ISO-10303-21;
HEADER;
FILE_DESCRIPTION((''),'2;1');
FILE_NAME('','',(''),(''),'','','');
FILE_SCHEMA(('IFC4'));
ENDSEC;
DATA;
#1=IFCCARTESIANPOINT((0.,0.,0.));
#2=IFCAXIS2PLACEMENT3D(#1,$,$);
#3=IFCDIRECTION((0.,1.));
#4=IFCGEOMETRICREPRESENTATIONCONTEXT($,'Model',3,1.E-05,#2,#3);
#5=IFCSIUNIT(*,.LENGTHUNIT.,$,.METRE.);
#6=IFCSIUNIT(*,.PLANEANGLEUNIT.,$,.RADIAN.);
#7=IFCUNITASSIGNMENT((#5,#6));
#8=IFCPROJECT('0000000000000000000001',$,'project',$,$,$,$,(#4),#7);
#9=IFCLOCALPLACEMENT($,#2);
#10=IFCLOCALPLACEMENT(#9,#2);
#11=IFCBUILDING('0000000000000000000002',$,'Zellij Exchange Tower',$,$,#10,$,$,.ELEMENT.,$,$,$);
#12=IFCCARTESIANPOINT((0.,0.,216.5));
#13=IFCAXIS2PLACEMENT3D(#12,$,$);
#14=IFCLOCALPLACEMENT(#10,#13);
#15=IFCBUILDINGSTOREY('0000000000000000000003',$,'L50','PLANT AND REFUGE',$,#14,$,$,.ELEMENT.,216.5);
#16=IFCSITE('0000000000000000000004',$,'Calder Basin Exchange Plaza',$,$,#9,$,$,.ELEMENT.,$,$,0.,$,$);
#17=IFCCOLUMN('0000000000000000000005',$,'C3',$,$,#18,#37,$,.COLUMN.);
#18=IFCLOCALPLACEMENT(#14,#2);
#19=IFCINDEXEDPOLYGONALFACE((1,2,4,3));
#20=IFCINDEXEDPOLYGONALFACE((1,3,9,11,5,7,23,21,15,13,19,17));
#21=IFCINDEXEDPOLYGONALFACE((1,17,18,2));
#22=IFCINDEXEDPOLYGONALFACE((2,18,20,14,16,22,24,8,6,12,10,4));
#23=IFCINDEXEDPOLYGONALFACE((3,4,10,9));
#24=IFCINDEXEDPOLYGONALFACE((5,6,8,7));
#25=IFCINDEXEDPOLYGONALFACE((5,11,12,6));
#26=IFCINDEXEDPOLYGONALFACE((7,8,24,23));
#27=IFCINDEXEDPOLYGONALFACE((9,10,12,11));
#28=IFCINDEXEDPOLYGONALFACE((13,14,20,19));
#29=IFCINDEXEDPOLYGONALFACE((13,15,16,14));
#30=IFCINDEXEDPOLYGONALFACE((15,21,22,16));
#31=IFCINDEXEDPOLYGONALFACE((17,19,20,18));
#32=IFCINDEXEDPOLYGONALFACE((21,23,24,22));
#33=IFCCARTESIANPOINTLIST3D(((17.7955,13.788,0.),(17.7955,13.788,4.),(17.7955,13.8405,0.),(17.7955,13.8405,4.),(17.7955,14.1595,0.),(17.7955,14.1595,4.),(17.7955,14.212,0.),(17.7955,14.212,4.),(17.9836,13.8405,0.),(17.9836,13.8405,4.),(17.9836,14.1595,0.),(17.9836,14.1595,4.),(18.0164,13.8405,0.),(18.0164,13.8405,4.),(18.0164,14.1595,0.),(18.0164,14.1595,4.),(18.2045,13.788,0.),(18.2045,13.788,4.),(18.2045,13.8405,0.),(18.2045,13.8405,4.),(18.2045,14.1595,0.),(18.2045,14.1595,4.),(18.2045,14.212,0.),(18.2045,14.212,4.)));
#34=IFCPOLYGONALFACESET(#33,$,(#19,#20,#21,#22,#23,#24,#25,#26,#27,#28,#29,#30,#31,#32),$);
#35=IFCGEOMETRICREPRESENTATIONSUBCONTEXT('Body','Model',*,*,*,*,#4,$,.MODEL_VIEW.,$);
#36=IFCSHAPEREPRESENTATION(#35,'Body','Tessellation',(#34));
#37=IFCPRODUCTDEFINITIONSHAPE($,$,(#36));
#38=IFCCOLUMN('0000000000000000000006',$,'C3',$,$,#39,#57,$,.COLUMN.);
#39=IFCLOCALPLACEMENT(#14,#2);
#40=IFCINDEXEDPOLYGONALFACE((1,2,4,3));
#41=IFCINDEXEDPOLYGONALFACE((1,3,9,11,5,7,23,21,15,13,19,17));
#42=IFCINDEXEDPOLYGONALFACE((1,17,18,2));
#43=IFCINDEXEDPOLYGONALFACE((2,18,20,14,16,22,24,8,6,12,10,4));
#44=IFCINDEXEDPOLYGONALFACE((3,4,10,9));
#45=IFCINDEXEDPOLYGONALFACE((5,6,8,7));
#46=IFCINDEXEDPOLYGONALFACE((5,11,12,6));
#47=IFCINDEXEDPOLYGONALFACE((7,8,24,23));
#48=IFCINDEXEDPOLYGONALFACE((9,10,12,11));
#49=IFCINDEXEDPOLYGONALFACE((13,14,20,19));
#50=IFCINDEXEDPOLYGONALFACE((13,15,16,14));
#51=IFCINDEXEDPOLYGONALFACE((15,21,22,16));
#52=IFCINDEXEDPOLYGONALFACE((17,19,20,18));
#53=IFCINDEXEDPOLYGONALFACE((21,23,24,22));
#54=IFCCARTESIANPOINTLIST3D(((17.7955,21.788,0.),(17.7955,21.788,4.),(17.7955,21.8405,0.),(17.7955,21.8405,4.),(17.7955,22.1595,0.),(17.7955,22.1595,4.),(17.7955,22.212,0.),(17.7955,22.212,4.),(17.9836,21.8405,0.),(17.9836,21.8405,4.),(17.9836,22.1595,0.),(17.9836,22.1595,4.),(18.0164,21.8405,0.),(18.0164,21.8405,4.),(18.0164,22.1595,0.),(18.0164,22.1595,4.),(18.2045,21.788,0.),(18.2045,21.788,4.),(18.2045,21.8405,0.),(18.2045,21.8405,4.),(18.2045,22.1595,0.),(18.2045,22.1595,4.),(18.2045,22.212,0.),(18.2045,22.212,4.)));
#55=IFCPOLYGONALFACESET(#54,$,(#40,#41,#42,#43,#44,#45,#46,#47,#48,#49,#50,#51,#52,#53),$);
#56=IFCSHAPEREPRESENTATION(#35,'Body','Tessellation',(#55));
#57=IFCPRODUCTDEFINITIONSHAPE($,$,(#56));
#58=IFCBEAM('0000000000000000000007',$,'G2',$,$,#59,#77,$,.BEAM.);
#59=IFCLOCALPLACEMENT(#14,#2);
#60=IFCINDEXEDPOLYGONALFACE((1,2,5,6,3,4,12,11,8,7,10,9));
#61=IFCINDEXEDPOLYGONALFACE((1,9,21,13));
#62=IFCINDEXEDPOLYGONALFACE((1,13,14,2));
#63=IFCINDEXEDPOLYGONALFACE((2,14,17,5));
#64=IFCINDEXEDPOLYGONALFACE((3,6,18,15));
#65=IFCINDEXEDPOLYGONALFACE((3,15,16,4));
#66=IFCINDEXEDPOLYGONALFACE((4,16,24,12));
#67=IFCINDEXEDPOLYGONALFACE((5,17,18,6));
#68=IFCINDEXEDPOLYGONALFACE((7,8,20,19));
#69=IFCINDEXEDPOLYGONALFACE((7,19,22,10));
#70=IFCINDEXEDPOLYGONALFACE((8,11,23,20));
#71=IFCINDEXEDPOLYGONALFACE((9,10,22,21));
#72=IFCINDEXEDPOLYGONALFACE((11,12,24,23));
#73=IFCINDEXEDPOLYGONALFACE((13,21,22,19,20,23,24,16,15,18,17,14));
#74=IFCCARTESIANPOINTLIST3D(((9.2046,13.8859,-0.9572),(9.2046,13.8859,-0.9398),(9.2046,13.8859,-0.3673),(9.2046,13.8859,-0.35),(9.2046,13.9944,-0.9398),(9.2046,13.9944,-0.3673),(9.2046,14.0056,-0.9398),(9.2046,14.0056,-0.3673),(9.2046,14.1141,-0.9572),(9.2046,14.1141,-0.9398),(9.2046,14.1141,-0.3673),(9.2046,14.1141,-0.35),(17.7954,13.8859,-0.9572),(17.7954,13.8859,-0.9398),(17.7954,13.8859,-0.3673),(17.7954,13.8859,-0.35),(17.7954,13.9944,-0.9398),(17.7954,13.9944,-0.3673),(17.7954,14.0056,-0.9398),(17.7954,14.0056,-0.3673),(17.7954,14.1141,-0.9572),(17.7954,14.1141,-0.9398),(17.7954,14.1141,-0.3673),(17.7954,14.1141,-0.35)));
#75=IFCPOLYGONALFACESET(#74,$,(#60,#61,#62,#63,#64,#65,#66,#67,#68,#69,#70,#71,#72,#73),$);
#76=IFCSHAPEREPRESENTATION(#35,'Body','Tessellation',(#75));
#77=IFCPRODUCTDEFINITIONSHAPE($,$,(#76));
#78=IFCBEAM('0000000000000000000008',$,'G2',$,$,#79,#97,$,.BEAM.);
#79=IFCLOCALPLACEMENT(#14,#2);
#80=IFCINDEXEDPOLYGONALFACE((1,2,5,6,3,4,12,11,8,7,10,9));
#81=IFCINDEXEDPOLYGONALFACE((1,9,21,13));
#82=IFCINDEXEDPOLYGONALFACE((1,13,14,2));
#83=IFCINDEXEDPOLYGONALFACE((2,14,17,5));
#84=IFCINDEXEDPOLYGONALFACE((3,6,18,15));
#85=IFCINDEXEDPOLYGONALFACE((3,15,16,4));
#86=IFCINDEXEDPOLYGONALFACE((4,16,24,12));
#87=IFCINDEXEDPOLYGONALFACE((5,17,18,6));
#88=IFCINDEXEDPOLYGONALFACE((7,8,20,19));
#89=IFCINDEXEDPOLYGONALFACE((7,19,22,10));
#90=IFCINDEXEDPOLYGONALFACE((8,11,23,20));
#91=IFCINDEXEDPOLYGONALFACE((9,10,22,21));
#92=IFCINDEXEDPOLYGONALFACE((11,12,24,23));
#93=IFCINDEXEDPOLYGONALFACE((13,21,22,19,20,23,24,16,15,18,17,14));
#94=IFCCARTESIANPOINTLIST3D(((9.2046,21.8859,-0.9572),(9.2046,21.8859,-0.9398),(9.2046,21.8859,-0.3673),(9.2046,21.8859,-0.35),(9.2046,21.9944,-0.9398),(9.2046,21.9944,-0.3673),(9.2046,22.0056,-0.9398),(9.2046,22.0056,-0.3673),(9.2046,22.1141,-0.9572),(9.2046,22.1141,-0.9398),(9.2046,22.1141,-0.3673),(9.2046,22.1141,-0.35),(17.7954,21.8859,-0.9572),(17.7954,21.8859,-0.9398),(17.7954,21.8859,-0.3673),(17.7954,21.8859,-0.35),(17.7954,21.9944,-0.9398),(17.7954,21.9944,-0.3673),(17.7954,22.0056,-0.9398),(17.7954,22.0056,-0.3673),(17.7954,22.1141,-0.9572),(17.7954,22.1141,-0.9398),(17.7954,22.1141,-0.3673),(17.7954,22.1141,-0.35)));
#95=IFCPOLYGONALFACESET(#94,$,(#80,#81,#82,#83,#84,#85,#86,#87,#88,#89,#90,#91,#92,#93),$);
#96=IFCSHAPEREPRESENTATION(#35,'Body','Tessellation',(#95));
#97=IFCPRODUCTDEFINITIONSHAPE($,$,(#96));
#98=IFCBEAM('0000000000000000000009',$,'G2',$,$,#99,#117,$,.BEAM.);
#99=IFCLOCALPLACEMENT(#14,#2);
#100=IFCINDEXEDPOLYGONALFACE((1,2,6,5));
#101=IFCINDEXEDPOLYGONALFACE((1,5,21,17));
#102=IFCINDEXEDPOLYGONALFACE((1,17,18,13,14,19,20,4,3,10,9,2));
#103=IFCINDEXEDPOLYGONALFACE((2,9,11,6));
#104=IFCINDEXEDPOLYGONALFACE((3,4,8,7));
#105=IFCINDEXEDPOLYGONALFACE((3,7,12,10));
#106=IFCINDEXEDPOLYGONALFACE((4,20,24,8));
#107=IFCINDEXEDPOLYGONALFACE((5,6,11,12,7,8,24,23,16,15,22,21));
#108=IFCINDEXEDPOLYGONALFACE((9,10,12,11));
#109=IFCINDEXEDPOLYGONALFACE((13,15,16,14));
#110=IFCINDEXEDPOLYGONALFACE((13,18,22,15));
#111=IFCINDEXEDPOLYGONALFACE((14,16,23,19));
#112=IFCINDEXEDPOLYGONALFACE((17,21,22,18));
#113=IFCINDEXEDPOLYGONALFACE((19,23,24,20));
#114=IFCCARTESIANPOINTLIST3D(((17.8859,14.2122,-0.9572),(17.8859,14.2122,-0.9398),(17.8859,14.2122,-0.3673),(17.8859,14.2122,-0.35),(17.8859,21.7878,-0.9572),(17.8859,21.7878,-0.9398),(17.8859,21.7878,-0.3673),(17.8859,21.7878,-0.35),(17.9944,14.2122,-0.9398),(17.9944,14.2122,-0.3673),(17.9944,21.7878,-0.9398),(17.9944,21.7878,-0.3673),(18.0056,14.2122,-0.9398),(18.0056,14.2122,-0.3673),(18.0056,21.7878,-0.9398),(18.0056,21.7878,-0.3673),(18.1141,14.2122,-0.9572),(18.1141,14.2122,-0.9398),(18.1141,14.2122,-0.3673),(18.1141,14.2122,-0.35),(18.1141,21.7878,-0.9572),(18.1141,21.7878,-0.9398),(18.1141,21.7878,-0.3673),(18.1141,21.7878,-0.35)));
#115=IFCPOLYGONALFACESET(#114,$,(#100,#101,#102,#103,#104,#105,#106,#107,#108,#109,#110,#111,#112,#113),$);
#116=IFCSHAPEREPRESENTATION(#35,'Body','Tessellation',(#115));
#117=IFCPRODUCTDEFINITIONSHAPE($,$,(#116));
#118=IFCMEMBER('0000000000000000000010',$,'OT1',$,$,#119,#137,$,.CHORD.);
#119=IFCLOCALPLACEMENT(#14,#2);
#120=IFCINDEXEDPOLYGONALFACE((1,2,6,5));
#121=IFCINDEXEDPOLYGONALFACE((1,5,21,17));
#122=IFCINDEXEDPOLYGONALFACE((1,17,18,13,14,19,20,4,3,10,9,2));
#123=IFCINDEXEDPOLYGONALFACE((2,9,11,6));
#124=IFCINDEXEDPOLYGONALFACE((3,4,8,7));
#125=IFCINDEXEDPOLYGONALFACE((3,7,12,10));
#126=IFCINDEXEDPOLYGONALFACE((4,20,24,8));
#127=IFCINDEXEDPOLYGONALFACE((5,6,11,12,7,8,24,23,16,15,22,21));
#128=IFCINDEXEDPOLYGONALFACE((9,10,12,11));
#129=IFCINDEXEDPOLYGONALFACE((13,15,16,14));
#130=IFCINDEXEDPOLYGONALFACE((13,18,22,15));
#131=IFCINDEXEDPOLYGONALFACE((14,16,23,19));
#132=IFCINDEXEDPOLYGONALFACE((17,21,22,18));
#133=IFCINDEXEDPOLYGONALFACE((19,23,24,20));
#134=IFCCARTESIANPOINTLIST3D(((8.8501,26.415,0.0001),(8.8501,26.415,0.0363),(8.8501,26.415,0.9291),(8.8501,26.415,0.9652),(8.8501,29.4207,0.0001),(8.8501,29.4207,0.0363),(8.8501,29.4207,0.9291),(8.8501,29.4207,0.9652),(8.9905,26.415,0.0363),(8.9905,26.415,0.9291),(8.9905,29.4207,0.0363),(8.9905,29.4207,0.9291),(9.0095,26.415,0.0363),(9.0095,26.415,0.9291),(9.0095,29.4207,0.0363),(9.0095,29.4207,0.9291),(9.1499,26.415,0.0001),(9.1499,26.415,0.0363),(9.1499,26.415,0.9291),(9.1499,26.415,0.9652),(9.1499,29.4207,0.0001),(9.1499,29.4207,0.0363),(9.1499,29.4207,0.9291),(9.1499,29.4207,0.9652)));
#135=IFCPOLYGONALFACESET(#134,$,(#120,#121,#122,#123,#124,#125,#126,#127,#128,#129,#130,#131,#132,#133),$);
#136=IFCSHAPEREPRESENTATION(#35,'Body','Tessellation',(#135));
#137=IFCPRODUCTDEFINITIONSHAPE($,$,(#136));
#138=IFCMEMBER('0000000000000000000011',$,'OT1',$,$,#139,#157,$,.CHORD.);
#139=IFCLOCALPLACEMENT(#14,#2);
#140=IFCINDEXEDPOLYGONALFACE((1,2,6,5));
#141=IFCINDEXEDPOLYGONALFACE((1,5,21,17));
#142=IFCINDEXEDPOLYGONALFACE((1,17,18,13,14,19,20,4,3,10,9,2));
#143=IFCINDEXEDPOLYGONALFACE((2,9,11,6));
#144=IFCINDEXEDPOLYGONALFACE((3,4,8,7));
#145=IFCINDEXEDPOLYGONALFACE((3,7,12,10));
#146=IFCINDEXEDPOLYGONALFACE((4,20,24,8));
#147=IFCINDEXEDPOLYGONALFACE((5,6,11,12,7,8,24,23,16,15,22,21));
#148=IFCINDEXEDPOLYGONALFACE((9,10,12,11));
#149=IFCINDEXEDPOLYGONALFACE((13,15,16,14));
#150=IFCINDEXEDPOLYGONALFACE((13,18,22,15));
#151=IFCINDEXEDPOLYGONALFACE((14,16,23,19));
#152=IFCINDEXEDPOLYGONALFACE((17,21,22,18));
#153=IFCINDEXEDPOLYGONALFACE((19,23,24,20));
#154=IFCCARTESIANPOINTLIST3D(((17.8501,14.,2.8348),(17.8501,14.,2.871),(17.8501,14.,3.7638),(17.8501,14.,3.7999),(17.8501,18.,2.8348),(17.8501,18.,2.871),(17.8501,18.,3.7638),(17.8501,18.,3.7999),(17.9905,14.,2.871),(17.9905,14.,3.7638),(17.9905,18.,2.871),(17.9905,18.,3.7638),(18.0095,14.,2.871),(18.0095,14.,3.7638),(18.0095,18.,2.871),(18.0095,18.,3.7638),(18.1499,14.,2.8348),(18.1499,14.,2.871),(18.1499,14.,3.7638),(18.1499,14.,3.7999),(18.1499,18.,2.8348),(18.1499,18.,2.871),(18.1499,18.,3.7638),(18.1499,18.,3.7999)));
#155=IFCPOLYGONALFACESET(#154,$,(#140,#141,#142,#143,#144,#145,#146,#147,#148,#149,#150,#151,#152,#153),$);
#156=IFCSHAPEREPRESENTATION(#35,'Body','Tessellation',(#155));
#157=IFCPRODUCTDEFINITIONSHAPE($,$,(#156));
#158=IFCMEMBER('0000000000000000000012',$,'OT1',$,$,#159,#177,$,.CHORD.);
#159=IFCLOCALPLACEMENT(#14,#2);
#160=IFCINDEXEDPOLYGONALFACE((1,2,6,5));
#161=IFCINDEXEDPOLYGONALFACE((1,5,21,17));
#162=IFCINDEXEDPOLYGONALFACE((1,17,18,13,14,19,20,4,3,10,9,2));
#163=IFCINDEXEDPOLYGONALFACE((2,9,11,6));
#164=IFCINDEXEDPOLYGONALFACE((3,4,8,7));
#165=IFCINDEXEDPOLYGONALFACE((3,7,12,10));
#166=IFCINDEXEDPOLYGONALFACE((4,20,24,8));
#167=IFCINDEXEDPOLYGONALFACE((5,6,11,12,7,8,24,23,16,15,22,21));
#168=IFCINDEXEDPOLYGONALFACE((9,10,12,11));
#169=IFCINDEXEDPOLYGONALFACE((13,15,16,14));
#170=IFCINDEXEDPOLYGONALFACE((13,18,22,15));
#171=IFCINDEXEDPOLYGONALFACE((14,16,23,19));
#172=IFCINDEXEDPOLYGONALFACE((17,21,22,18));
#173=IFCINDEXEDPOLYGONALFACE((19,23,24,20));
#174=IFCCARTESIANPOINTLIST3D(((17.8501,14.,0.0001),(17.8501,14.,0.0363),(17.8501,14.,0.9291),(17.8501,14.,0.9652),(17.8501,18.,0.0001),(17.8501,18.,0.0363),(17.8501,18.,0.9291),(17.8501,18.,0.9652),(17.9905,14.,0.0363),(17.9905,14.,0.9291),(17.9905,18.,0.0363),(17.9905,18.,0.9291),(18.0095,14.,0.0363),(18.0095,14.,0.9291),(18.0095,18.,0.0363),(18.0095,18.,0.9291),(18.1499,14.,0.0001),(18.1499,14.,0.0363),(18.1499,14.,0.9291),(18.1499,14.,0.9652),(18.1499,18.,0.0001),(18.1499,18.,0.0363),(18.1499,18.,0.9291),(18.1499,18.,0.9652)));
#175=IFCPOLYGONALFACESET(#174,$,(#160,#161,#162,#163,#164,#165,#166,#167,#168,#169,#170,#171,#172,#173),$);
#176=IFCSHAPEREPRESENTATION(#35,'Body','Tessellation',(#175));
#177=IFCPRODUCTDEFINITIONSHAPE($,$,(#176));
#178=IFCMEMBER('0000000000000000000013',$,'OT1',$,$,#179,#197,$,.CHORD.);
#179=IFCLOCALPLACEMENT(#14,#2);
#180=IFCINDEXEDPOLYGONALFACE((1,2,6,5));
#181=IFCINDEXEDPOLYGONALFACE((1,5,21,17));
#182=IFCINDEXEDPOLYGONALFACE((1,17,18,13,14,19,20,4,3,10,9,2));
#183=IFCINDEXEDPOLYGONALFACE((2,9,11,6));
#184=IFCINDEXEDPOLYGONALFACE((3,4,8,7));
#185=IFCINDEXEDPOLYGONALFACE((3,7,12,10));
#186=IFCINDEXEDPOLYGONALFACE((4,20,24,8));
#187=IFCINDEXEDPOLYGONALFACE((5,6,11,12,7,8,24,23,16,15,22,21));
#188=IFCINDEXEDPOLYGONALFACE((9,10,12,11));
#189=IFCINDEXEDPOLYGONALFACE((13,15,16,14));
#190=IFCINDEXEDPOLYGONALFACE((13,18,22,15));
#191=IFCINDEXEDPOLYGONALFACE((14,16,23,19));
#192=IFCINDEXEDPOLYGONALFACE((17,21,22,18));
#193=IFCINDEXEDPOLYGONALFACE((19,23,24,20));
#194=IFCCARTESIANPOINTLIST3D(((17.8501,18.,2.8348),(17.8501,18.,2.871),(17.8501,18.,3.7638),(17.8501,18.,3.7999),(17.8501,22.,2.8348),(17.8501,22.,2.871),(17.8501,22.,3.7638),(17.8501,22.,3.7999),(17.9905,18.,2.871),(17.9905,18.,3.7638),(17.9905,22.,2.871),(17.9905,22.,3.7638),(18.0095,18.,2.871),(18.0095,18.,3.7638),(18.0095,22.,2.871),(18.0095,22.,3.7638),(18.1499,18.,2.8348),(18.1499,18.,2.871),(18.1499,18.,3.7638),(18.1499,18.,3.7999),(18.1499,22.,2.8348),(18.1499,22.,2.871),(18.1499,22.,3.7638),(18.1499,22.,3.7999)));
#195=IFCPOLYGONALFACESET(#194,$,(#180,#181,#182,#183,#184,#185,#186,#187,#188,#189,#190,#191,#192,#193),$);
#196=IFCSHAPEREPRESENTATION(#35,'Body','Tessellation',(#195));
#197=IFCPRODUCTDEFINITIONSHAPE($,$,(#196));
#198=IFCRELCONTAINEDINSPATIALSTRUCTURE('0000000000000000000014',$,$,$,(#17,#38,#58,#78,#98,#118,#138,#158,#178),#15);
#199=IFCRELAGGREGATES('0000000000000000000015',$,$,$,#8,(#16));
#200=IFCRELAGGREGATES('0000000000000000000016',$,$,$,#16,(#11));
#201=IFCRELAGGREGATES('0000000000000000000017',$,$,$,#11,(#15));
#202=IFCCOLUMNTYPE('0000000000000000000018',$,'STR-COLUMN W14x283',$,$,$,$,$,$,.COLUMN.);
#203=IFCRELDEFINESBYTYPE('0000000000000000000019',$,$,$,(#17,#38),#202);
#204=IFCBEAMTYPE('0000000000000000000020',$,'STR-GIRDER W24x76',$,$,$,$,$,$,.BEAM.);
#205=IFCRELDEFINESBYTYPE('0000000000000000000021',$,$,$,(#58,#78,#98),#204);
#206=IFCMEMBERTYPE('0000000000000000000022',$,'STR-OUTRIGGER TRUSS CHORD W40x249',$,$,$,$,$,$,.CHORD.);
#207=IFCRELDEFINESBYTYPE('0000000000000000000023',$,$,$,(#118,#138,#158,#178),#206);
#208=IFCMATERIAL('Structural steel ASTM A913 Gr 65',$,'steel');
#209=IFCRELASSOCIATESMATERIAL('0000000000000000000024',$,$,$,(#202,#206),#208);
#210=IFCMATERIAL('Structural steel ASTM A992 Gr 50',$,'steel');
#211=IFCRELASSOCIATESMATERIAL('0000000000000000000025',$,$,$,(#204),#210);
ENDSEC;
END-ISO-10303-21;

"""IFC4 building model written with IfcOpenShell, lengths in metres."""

from ifc_helpers import new_model, si_unit, direction, frame, origin, origin_2d, place, context, subcontext, project, spatial, i_section, extrude, material, material_profile, profile_set, type_object, element, save


model = new_model("IFC4")

# Units and contexts
model_context = context("Model", 3, precision=1e-05, world=origin(), true_north=direction((0.0, 1.0)))
body_context = subcontext(model_context, "Body", "Model", "MODEL_VIEW")
ifc_project = project(units=[si_unit("LENGTHUNIT", "METRE"), si_unit("PLANEANGLEUNIT", "RADIAN")], contexts=[model_context])

# Site, building, storey
site_placement = place(None, origin())
site = spatial("IfcSite", under=ifc_project, at=site_placement, Name="Calder Basin Exchange Plaza", CompositionType="ELEMENT", RefElevation=0.0)
building_placement = place(site_placement, origin())
building = spatial("IfcBuilding", under=site, at=building_placement, Name="Zellij Exchange Tower", CompositionType="ELEMENT")
storey_placement = place(building_placement, frame((0.0, 0.0, 216.5)))
storey = spatial("IfcBuildingStorey", under=building, at=storey_placement, Name="L50", Description="PLANT AND REFUGE", CompositionType="ELEMENT", Elevation=216.5)

# Columns
ifc_material_1 = material(Name="Structural steel ASTM A913 Gr 65", Category="steel")
ifc_material_profile_1 = material_profile(ifc_material_1, i_section(OverallWidth=0.4089, OverallDepth=0.4241, WebThickness=0.0327, FlangeThickness=0.0525, at=origin_2d()), Name="W14x283")
ifc_profile_set_1 = profile_set([ifc_material_profile_1], Name="Structural steel ASTM A913 Gr 65")
column_type = type_object("IfcColumnType", Name="STR-COLUMN W14x283", PredefinedType="COLUMN", material=ifc_profile_set_1)
for number, where, z_axis, x_axis, name in (
    (1, (18.0, 14.0, 0.0), (0.0, 0.0, 1.0), (1.0, 0.0, 0.0), "C3"),
    (2, (18.0, 22.0, 0.0), (0.0, 0.0, 1.0), (1.0, 0.0, 0.0), "C3"),
):
    element("IfcColumn", number, at=place(storey_placement, frame(where, z_axis=z_axis, x_axis=x_axis)), inside=storey, type_object=column_type, Name=name, PredefinedType="COLUMN", context=body_context, shape_type="SweptSolid", body=[
        extrude(i_section(OverallWidth=0.4089, OverallDepth=0.4241, WebThickness=0.0327, FlangeThickness=0.0525, at=origin_2d()), origin(), (0.0, 0.0, 1.0), 4.0),
    ])

# Beams
ifc_material_2 = material(Name="Structural steel ASTM A992 Gr 50", Category="steel")
ifc_material_profile_2 = material_profile(ifc_material_2, i_section(OverallWidth=0.2283, OverallDepth=0.6072, WebThickness=0.0112, FlangeThickness=0.0173, at=origin_2d()), Name="W24x76")
ifc_profile_set_2 = profile_set([ifc_material_profile_2], Name="Structural steel ASTM A992 Gr 50")
beam_type = type_object("IfcBeamType", Name="STR-GIRDER W24x76", PredefinedType="BEAM", material=ifc_profile_set_2)
for number, where, z_axis, x_axis, name in (
    (3, (9.2046, 14.0, -0.6536), (1.0, 0.0, 0.0), (0.0, 1.0, 0.0), "G2"),
    (4, (9.2046, 22.0, -0.6536), (1.0, 0.0, 0.0), (0.0, 1.0, 0.0), "G2"),
):
    element("IfcBeam", number, at=place(storey_placement, frame(where, z_axis=z_axis, x_axis=x_axis)), inside=storey, type_object=beam_type, Name=name, PredefinedType="BEAM", context=body_context, shape_type="SweptSolid", body=[
        extrude(i_section(OverallWidth=0.2283, OverallDepth=0.6072, WebThickness=0.0112, FlangeThickness=0.0173, at=origin_2d()), origin(), (0.0, 0.0, 1.0), 8.5908),
    ])
beam_placement = place(storey_placement, frame((18.0, 14.2122, -0.6536), z_axis=(0.0, 1.0, 0.0), x_axis=(-1.0, 0.0, 0.0)))
element("IfcBeam", 5, at=beam_placement, inside=storey, type_object=beam_type, Name="G2", PredefinedType="BEAM", context=body_context, shape_type="SweptSolid", body=[
    extrude(i_section(OverallWidth=0.2283, OverallDepth=0.6072, WebThickness=0.0112, FlangeThickness=0.0173, at=origin_2d()), origin(), (0.0, 0.0, 1.0), 7.5757),
])

# Members
ifc_material_profile_3 = material_profile(ifc_material_1, i_section(OverallWidth=0.2998, OverallDepth=0.9651, WebThickness=0.019, FlangeThickness=0.0361, at=origin_2d()), Name="W40x249")
ifc_profile_set_3 = profile_set([ifc_material_profile_3], Name="Structural steel ASTM A913 Gr 65")
member_type_1 = type_object("IfcMemberType", Name="STR-OUTRIGGER TRUSS CHORD W40x249", PredefinedType="CHORD", material=ifc_profile_set_3)
member_1_placement = place(storey_placement, frame((9.0, 26.415, 0.4827), z_axis=(0.0, 1.0, 0.0), x_axis=(-1.0, 0.0, 0.0)))
element("IfcMember", 6, at=member_1_placement, inside=storey, type_object=member_type_1, Name="OT1", PredefinedType="CHORD", context=body_context, shape_type="SweptSolid", body=[
    extrude(i_section(OverallWidth=0.2998, OverallDepth=0.9651, WebThickness=0.019, FlangeThickness=0.0361, at=origin_2d()), origin(), (0.0, 0.0, 1.0), 3.0056),
])
for number, where, z_axis, x_axis, name in (
    (7, (18.0, 14.0, 3.3174), (0.0, 1.0, 0.0), (-1.0, 0.0, 0.0), "OT1"),
    (8, (18.0, 14.0, 0.4827), (0.0, 1.0, 0.0), (-1.0, 0.0, 0.0), "OT1"),
    (9, (18.0, 18.0, 3.3174), (0.0, 1.0, 0.0), (-1.0, 0.0, 0.0), "OT1"),
):
    element("IfcMember", number, at=place(storey_placement, frame(where, z_axis=z_axis, x_axis=x_axis)), inside=storey, type_object=member_type_1, Name=name, PredefinedType="CHORD", context=body_context, shape_type="SweptSolid", body=[
        extrude(i_section(OverallWidth=0.2998, OverallDepth=0.9651, WebThickness=0.019, FlangeThickness=0.0361, at=origin_2d()), origin(), (0.0, 0.0, 1.0), 4.0),
    ])

save(model, "model.ifc")
